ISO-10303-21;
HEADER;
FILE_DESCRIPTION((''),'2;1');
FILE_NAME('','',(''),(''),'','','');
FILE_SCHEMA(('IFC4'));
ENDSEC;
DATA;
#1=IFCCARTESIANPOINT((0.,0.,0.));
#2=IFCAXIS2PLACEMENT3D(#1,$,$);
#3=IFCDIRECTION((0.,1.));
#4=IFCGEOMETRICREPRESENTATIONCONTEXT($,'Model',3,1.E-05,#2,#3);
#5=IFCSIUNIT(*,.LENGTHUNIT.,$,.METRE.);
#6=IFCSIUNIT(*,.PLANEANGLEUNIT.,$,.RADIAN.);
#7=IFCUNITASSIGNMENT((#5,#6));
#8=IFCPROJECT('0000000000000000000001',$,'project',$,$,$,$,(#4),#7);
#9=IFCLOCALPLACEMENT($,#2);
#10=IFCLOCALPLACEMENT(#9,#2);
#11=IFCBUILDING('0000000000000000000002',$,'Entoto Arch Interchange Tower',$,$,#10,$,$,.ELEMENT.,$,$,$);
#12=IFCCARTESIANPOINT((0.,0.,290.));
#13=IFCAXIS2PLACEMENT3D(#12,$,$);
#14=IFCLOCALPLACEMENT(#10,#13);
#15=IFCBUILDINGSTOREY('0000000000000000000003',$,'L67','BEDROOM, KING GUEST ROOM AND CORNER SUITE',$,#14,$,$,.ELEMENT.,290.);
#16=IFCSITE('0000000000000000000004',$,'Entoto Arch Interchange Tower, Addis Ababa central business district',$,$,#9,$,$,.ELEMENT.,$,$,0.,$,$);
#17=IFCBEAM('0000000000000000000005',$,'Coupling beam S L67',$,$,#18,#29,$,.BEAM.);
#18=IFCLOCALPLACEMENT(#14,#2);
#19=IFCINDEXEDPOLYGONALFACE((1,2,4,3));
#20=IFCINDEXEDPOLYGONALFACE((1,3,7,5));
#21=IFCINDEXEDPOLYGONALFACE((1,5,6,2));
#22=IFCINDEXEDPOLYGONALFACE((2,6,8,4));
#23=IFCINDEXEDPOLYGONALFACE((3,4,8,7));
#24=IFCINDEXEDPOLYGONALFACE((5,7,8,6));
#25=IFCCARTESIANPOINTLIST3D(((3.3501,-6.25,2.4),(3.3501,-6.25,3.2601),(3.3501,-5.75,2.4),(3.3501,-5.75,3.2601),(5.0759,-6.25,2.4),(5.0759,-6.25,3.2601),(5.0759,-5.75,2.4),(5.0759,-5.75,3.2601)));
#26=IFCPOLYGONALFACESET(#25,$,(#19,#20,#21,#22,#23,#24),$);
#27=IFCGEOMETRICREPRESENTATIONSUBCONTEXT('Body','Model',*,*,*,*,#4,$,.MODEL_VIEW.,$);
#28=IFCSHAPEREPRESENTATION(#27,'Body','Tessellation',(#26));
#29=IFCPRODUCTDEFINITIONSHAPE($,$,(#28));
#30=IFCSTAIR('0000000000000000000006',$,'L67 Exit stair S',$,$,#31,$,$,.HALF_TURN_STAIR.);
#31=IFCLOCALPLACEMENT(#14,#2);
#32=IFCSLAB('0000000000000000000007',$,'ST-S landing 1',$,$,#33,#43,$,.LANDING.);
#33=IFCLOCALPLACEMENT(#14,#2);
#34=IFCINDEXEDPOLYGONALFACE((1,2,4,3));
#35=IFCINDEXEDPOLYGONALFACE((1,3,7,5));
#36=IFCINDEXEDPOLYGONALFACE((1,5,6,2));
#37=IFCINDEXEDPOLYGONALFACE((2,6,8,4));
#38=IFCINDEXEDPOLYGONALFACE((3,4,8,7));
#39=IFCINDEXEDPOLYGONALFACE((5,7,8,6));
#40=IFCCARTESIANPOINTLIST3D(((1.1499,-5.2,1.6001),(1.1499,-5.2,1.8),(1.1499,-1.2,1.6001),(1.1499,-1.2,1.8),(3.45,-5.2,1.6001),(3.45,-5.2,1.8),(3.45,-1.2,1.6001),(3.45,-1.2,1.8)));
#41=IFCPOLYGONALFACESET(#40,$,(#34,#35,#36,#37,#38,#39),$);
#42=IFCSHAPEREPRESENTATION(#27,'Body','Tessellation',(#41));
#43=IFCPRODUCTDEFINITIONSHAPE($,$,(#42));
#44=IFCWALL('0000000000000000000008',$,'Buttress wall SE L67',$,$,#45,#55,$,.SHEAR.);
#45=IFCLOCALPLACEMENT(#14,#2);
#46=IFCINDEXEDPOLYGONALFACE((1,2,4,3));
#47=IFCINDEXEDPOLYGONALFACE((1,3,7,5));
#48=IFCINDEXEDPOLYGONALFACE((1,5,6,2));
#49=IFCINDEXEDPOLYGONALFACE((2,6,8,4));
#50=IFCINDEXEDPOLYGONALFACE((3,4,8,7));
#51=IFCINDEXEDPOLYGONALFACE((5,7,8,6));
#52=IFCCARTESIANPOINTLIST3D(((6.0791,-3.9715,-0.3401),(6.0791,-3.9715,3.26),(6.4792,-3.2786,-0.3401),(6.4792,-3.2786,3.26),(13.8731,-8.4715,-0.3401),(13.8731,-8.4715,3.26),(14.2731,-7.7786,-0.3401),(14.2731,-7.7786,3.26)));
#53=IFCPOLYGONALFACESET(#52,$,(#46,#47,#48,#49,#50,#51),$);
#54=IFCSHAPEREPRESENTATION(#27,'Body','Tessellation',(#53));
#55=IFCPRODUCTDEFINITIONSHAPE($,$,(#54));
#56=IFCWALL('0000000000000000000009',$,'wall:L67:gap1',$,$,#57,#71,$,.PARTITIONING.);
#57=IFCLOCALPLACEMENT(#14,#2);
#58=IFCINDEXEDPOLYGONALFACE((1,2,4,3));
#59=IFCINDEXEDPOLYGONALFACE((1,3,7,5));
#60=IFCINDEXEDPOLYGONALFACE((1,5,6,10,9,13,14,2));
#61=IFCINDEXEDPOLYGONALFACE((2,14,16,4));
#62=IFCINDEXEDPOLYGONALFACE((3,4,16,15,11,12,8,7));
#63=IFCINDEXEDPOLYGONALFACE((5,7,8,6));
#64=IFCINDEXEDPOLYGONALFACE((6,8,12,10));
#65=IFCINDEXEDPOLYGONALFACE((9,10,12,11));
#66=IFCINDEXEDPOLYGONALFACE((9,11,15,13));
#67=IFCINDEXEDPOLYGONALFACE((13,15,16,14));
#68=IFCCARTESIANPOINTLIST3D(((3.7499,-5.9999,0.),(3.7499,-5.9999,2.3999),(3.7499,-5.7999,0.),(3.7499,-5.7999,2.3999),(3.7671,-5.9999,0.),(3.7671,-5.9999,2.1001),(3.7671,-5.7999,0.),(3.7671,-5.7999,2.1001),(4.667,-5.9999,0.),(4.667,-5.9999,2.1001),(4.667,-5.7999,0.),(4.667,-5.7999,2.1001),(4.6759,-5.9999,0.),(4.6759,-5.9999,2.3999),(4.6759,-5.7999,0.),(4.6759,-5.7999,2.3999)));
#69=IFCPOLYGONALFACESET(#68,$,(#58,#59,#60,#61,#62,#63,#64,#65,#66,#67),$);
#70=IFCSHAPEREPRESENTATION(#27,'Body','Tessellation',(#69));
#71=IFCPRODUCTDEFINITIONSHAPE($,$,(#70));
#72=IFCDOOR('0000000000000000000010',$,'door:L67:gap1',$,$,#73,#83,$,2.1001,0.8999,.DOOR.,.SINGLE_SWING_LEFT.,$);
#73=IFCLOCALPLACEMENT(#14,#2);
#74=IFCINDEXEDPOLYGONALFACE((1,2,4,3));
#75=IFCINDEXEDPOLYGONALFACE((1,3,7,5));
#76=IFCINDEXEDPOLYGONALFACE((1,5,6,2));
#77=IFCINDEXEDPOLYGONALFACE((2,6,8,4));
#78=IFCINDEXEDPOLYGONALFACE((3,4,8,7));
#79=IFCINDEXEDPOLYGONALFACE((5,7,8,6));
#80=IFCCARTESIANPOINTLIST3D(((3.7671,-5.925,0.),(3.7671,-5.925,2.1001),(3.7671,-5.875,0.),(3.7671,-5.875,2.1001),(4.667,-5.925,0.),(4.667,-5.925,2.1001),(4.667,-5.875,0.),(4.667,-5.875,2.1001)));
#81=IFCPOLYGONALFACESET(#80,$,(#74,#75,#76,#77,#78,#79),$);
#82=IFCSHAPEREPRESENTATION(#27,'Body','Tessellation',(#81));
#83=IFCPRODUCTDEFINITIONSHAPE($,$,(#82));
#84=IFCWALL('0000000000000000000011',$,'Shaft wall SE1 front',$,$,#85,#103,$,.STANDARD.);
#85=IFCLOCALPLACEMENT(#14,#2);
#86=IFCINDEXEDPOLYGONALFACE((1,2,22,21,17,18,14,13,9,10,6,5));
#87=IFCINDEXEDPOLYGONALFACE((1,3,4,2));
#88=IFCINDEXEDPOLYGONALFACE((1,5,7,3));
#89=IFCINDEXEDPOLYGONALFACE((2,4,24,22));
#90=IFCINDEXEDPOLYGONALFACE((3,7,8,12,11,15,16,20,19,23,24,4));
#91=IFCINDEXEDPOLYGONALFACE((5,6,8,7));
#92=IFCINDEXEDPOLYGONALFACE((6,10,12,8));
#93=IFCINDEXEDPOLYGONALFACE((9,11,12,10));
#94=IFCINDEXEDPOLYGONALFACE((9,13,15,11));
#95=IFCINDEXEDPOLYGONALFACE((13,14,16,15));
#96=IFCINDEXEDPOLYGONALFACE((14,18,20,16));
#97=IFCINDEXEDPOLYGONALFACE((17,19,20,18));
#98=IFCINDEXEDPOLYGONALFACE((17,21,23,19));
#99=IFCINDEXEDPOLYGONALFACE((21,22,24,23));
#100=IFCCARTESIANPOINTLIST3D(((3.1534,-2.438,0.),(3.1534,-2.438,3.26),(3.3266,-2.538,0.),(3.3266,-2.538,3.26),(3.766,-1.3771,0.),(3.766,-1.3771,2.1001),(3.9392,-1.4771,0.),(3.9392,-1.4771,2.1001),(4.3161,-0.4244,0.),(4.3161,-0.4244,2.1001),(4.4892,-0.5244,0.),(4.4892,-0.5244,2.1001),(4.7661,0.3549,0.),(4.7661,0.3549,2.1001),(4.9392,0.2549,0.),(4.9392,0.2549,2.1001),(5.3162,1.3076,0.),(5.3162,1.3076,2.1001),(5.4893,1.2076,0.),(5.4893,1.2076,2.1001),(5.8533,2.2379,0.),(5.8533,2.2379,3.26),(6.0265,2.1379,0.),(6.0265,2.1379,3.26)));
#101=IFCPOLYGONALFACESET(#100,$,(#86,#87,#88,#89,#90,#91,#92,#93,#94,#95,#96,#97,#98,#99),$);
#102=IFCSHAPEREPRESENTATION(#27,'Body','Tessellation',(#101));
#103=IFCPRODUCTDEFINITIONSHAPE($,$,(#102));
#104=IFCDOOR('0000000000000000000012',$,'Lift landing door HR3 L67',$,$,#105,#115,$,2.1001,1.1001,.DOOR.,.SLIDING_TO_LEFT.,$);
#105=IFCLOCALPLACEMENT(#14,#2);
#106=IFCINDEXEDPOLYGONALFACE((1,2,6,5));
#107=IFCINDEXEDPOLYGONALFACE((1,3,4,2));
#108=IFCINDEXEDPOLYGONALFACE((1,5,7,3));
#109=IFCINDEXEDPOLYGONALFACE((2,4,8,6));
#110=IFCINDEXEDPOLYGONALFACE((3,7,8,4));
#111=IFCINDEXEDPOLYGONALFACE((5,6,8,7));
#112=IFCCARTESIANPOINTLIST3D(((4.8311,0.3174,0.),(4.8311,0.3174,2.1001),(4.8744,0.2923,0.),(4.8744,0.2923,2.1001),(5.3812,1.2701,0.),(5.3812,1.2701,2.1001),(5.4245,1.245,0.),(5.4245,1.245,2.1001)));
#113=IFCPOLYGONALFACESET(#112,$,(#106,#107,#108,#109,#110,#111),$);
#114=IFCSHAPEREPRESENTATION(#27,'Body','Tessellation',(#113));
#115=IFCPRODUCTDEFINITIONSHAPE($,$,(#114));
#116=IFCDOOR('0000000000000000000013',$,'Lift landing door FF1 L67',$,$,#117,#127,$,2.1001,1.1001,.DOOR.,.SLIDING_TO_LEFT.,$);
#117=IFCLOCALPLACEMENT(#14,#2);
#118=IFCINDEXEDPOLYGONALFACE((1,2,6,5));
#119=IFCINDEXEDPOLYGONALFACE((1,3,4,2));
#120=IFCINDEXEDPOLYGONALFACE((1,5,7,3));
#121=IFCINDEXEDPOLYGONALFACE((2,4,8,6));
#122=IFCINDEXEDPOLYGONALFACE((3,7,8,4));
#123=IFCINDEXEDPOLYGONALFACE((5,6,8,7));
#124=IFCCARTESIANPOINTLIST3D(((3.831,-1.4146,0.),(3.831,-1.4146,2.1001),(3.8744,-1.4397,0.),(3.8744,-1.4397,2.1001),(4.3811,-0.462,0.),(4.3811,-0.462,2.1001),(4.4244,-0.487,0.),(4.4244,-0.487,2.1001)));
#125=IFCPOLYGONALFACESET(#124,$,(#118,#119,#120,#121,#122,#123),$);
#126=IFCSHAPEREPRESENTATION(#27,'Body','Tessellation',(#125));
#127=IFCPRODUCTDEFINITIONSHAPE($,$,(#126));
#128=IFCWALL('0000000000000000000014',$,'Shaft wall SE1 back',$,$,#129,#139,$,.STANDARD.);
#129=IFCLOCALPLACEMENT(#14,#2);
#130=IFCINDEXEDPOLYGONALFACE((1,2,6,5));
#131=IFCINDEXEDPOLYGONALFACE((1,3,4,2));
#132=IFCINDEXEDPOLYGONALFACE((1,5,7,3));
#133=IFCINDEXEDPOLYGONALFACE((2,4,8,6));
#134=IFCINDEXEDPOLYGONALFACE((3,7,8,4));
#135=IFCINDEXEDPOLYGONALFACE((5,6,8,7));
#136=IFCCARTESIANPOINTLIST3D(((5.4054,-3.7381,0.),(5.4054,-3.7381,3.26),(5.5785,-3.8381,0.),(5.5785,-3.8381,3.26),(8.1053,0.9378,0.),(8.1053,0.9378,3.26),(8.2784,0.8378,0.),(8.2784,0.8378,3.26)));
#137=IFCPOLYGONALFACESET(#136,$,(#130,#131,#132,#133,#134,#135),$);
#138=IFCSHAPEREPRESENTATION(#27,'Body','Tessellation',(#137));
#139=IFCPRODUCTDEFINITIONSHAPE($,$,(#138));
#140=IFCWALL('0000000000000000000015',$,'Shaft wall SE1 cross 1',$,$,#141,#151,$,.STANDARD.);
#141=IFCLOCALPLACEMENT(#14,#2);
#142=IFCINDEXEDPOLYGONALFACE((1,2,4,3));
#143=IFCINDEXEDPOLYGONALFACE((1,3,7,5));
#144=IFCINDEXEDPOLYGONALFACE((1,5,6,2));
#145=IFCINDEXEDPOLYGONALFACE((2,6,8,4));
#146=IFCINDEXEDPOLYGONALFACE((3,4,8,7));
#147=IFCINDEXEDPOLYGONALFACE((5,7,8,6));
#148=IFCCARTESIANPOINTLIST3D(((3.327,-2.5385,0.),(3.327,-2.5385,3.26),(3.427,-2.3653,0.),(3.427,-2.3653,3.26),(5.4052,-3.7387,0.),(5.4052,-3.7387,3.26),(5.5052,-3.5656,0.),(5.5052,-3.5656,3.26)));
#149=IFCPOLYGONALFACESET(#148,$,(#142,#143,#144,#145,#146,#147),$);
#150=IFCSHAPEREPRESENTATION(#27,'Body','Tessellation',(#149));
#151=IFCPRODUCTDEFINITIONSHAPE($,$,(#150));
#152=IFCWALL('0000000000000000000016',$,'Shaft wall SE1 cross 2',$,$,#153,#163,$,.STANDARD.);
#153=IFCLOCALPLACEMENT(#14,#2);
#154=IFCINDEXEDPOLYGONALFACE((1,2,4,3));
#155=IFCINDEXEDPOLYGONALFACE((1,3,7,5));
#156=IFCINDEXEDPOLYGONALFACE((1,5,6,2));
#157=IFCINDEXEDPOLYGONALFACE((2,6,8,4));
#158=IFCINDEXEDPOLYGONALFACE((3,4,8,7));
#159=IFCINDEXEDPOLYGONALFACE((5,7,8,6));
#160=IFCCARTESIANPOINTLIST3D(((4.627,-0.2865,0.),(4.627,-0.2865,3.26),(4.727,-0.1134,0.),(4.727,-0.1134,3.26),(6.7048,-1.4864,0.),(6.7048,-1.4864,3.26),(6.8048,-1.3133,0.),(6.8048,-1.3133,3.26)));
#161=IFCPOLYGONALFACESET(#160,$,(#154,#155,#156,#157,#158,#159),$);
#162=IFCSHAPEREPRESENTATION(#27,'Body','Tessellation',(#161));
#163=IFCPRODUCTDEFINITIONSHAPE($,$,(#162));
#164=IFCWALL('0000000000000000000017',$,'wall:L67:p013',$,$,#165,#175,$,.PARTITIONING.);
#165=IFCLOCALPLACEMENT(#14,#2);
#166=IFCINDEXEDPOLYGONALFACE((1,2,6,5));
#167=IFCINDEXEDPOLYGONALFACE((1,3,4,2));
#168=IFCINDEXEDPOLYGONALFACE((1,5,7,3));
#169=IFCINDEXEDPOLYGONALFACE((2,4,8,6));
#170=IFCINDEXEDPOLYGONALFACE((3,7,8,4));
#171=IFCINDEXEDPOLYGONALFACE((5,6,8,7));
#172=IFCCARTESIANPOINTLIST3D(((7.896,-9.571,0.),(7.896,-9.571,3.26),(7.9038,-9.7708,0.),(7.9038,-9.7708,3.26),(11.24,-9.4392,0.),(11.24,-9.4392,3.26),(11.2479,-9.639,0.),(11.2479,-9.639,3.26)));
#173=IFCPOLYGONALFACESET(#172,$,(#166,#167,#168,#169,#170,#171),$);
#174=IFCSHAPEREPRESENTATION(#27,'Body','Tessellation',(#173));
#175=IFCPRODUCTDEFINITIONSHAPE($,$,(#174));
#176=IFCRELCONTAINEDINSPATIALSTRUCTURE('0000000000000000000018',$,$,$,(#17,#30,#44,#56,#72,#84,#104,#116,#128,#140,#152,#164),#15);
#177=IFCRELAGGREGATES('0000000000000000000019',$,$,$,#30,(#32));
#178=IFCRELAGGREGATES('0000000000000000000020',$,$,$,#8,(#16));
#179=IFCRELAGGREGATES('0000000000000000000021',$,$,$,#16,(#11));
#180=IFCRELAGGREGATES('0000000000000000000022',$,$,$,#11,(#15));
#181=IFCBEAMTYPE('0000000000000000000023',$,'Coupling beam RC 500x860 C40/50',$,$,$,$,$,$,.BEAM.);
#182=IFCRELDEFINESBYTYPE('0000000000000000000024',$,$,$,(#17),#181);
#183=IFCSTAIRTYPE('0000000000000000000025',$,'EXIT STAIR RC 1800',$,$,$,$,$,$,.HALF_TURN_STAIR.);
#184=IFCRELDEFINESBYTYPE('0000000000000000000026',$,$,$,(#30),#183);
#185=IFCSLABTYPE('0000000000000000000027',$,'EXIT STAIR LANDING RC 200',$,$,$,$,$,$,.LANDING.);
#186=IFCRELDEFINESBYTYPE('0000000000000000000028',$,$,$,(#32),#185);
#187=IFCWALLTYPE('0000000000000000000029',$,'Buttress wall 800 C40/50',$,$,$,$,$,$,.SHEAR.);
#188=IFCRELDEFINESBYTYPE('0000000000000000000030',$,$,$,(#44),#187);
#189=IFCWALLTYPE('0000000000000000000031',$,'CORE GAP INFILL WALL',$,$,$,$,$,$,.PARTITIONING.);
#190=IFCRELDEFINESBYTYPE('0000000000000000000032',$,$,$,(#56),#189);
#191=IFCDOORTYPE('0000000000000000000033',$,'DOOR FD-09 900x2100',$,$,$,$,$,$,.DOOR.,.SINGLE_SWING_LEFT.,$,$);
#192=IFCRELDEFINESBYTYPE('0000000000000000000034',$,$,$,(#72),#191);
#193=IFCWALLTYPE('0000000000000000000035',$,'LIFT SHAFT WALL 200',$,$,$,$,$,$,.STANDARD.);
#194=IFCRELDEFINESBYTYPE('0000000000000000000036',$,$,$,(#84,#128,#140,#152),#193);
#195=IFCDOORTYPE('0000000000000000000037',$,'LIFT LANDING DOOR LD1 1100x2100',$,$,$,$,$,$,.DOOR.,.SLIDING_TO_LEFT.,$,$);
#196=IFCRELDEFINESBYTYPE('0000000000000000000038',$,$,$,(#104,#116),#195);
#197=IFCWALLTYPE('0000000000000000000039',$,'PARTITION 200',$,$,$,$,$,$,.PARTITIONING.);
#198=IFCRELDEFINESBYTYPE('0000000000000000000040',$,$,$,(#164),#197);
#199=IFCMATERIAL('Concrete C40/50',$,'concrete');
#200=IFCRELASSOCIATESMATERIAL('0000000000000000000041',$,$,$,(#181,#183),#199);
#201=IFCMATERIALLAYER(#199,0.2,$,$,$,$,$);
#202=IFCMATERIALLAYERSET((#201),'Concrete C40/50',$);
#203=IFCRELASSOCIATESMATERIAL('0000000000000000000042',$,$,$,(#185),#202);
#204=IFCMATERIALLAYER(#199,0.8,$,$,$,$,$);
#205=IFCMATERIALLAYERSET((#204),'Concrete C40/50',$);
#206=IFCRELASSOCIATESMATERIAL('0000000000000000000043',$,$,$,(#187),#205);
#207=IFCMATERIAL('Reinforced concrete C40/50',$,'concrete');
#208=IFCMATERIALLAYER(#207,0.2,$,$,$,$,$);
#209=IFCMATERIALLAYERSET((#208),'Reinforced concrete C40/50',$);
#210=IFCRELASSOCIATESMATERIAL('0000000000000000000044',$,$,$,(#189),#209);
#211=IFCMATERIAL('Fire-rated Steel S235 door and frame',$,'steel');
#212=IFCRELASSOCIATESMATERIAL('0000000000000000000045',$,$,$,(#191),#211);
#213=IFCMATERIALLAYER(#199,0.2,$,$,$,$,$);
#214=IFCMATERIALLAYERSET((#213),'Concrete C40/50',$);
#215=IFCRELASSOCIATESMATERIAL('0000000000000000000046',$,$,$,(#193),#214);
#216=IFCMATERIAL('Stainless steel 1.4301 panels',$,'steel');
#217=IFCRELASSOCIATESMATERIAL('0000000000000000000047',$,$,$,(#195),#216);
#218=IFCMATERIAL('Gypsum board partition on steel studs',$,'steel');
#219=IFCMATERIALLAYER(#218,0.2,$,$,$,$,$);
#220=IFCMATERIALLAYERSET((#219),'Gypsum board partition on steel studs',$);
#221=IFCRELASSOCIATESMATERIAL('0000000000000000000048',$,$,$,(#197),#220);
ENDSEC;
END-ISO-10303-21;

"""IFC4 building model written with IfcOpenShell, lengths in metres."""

from ifc_helpers import new_model, si_unit, direction, frame, frame_2d, origin, origin_2d, place, context, subcontext, project, spatial, polyline, rectangle, outline, extrude, material, layer, layer_set, material_profile, profile_set, type_object, element, fill, aggregate, save


model = new_model("IFC4")

# Units and contexts
model_context = context("Model", 3, precision=1e-05, world=origin(), true_north=direction((0.0, 1.0)))
body_context = subcontext(model_context, "Body", "Model", "MODEL_VIEW")
ifc_project = project(units=[si_unit("LENGTHUNIT", "METRE"), si_unit("PLANEANGLEUNIT", "RADIAN")], contexts=[model_context])

# Site, building, storey
site_placement = place(None, origin())
site = spatial("IfcSite", under=ifc_project, at=site_placement, Name="Entoto Arch Interchange Tower, Addis Ababa central business district", CompositionType="ELEMENT", RefElevation=0.0)
building_placement = place(site_placement, origin())
building = spatial("IfcBuilding", under=site, at=building_placement, Name="Entoto Arch Interchange Tower", CompositionType="ELEMENT")
storey_placement = place(building_placement, frame((0.0, 0.0, 290.0)))
storey = spatial("IfcBuildingStorey", under=building, at=storey_placement, Name="L67", Description="BEDROOM, KING GUEST ROOM AND CORNER SUITE", CompositionType="ELEMENT", Elevation=290.0)

# Beam
ifc_material_1 = material(Name="Concrete C40/50", Category="concrete")
ifc_material_profile = material_profile(ifc_material_1, rectangle(XDim=0.5, YDim=0.8601, at=origin_2d()))
ifc_profile_set = profile_set([ifc_material_profile], Name="Concrete C40/50")
beam_type = type_object("IfcBeamType", Name="Coupling beam RC 500x860 C40/50", PredefinedType="BEAM", material=ifc_profile_set)
beam_placement = place(storey_placement, frame((3.3501, -6.0, 2.8301), z_axis=(1.0, 0.0, 0.0), x_axis=(0.0, 1.0, 0.0)))
element("IfcBeam", 1, at=beam_placement, inside=storey, type_object=beam_type, Name="Coupling beam S L67", PredefinedType="BEAM", context=body_context, shape_type="SweptSolid", body=[
    extrude(rectangle(XDim=0.5, YDim=0.8601, at=origin_2d()), origin(), (0.0, 0.0, 1.0), 1.7258),
])

# Stair, slab
stair_type = type_object("IfcStairType", Name="EXIT STAIR RC 1800", PredefinedType="HALF_TURN_STAIR", material=ifc_material_1)
stair_placement = place(storey_placement, origin())
stair = element("IfcStair", 2, at=stair_placement, inside=storey, type_object=stair_type, Name="L67 Exit stair S", PredefinedType="HALF_TURN_STAIR")
ifc_layer_1 = layer(ifc_material_1, 0.2)
ifc_layer_set_1 = layer_set([ifc_layer_1], Name="Concrete C40/50")
slab_type = type_object("IfcSlabType", Name="EXIT STAIR LANDING RC 200", PredefinedType="LANDING", material=ifc_layer_set_1)
slab_placement = place(storey_placement, frame((0.0, 0.0, 1.6001)))
slab = element("IfcSlab", 3, at=slab_placement, type_object=slab_type, Name="ST-S landing 1", PredefinedType="LANDING", context=body_context, shape_type="SweptSolid", body=[
    extrude(outline(polyline([(1.1499, -5.2), (3.45, -5.2), (3.45, -1.2), (1.1499, -1.2), (1.1499, -5.2)])), origin(), (0.0, 0.0, 1.0), 0.2),
])

# Wall
ifc_layer_2 = layer(ifc_material_1, 0.8)
ifc_layer_set_2 = layer_set([ifc_layer_2], Name="Concrete C40/50")
wall_type_1 = type_object("IfcWallType", Name="Buttress wall 800 C40/50", PredefinedType="SHEAR", material=ifc_layer_set_2)
wall_1_placement = place(storey_placement, frame((6.2791, -3.625, -0.3401), z_axis=(0.0, 0.0, 1.0), x_axis=(0.866018, -0.500014, 0.0)))
element("IfcWall", 4, at=wall_1_placement, inside=storey, type_object=wall_type_1, Name="Buttress wall SE L67", PredefinedType="SHEAR", context=body_context, shape_type="SweptSolid", body=[
    extrude(rectangle(XDim=8.9998, YDim=0.8, at=frame_2d((4.5, 0.0))), origin(), (0.0, 0.0, 1.0), 3.6001),
])

# Wall, opening, door
ifc_material_2 = material(Name="Reinforced concrete C40/50", Category="concrete")
ifc_layer_3 = layer(ifc_material_2, 0.2)
ifc_layer_set_3 = layer_set([ifc_layer_3], Name="Reinforced concrete C40/50")
wall_type_2 = type_object("IfcWallType", Name="CORE GAP INFILL WALL", PredefinedType="PARTITIONING", material=ifc_layer_set_3)
wall_2_placement = place(storey_placement, frame((3.75, -5.8999, 0.0), z_axis=(0.0, 0.0, 1.0), x_axis=(1.0, 0.0, 0.0)))
wall_2 = element("IfcWall", 5, at=wall_2_placement, inside=storey, type_object=wall_type_2, Name="wall:L67:gap1", PredefinedType="PARTITIONING", context=body_context, shape_type="SweptSolid", body=[
    extrude(rectangle(XDim=0.926, YDim=0.2, at=frame_2d((0.4629, 0.0))), origin(), (0.0, 0.0, 1.0), 2.3999),
])
opening_1_placement = place(wall_2_placement, frame((0.0171, 0.0, 0.0)))
opening_1 = element("IfcOpeningElement", 6, at=opening_1_placement, cuts=wall_2, PredefinedType="OPENING", context=body_context, shape_type="SweptSolid", body=[
    extrude(rectangle(XDim=0.8999, YDim=2.1001, at=frame_2d((0.45, 1.05))), frame((0.0, 0.1099, 0.0), z_axis=(0.0, -1.0, 0.0), x_axis=(1.0, 0.0, 0.0)), (0.0, 0.0, 1.0), 0.22),
])
ifc_material_3 = material(Name="Fire-rated Steel S235 door and frame", Category="steel")
door_type_1 = type_object("IfcDoorType", Name="DOOR FD-09 900x2100", OperationType="SINGLE_SWING_LEFT", PredefinedType="DOOR", material=ifc_material_3)
door_1_placement = place(opening_1_placement, origin())
door_1 = element("IfcDoor", 7, at=door_1_placement, inside=storey, type_object=door_type_1, Name="door:L67:gap1", OperationType="SINGLE_SWING_LEFT", OverallHeight=2.1001, OverallWidth=0.8999, PredefinedType="DOOR", context=body_context, shape_type="SweptSolid", body=[
    extrude(rectangle(XDim=0.8999, YDim=2.1001, at=frame_2d((0.45, 1.05))), frame((0.0, 0.0249, 0.0), z_axis=(0.0, -1.0, 0.0), x_axis=(1.0, 0.0, 0.0)), (0.0, 0.0, 1.0), 0.05),
])
fill(opening_1, door_1)

# Wall, openings, doors
ifc_layer_4 = layer(ifc_material_1, 0.2)
ifc_layer_set_4 = layer_set([ifc_layer_4], Name="Concrete C40/50")
wall_type_3 = type_object("IfcWallType", Name="LIFT SHAFT WALL 200", PredefinedType="STANDARD", material=ifc_layer_set_4)
wall_3_placement = place(storey_placement, frame((3.24, -2.488, 0.0), z_axis=(0.0, 0.0, 1.0), x_axis=(0.500034, 0.866006, 0.0)))
wall_3 = element("IfcWall", 8, at=wall_3_placement, inside=storey, type_object=wall_type_3, Name="Shaft wall SE1 front", PredefinedType="STANDARD", context=body_context, shape_type="SweptSolid", body=[
    extrude(rectangle(XDim=5.3994, YDim=0.2, at=frame_2d((2.6997, 0.0))), origin(), (0.0, 0.0, 1.0), 3.26),
])
opening_2_placement = place(wall_3_placement, frame((3.2251, 0.0, 0.0)))
opening_2 = element("IfcOpeningElement", 9, at=opening_2_placement, cuts=wall_3, PredefinedType="OPENING", context=body_context, shape_type="SweptSolid", body=[
    extrude(rectangle(XDim=1.1001, YDim=2.1001, at=frame_2d((0.55, 1.05))), frame((0.0, 0.1099, 0.0), z_axis=(0.0, -1.0, 0.0), x_axis=(1.0, 0.0, 0.0)), (0.0, 0.0, 1.0), 0.22),
])
opening_3_placement = place(wall_3_placement, frame((1.2251, 0.0, 0.0)))
opening_3 = element("IfcOpeningElement", 10, at=opening_3_placement, cuts=wall_3, PredefinedType="OPENING", context=body_context, shape_type="SweptSolid", body=[
    extrude(rectangle(XDim=1.1001, YDim=2.1001, at=frame_2d((0.55, 1.05))), frame((0.0, 0.1099, 0.0), z_axis=(0.0, -1.0, 0.0), x_axis=(1.0, 0.0, 0.0)), (0.0, 0.0, 1.0), 0.22),
])
ifc_material_4 = material(Name="Stainless steel 1.4301 panels", Category="steel")
door_type_2 = type_object("IfcDoorType", Name="LIFT LANDING DOOR LD1 1100x2100", OperationType="SLIDING_TO_LEFT", PredefinedType="DOOR", material=ifc_material_4)
door_2_placement = place(opening_2_placement, origin())
door_2 = element("IfcDoor", 11, at=door_2_placement, inside=storey, type_object=door_type_2, Name="Lift landing door HR3 L67", OperationType="SLIDING_TO_LEFT", OverallHeight=2.1001, OverallWidth=1.1001, PredefinedType="DOOR", context=body_context, shape_type="SweptSolid", body=[
    extrude(rectangle(XDim=1.1001, YDim=2.1001, at=frame_2d((0.55, 1.05))), frame((0.0, 0.0249, 0.0), z_axis=(0.0, -1.0, 0.0), x_axis=(1.0, 0.0, 0.0)), (0.0, 0.0, 1.0), 0.05),
])
fill(opening_2, door_2)
door_3_placement = place(opening_3_placement, origin())
door_3 = element("IfcDoor", 12, at=door_3_placement, inside=storey, type_object=door_type_2, Name="Lift landing door FF1 L67", OperationType="SLIDING_TO_LEFT", OverallHeight=2.1001, OverallWidth=1.1001, PredefinedType="DOOR", context=body_context, shape_type="SweptSolid", body=[
    extrude(rectangle(XDim=1.1001, YDim=2.1001, at=frame_2d((0.55, 1.05))), frame((0.0, 0.0249, 0.0), z_axis=(0.0, -1.0, 0.0), x_axis=(1.0, 0.0, 0.0)), (0.0, 0.0, 1.0), 0.05),
])
fill(opening_3, door_3)

# Walls
wall_4_placement = place(storey_placement, frame((5.4919, -3.7881, 0.0), z_axis=(0.0, 0.0, 1.0), x_axis=(0.500034, 0.866006, 0.0)))
element("IfcWall", 13, at=wall_4_placement, inside=storey, type_object=wall_type_3, Name="Shaft wall SE1 back", PredefinedType="STANDARD", context=body_context, shape_type="SweptSolid", body=[
    extrude(rectangle(XDim=5.3994, YDim=0.2, at=frame_2d((2.6997, 0.0))), origin(), (0.0, 0.0, 1.0), 3.26),
])
wall_5_placement = place(storey_placement, frame((3.377, -2.4519, 0.0), z_axis=(0.0, 0.0, 1.0), x_axis=(0.865955, -0.500122, 0.0)))
element("IfcWall", 14, at=wall_5_placement, inside=storey, type_object=wall_type_3, Name="Shaft wall SE1 cross 1", PredefinedType="STANDARD", context=body_context, shape_type="SweptSolid", body=[
    extrude(rectangle(XDim=2.3999, YDim=0.2, at=frame_2d((1.2, 0.0))), origin(), (0.0, 0.0, 1.0), 3.26),
])
wall_6_placement = place(storey_placement, frame((4.677, -0.2, 0.0), z_axis=(0.0, 0.0, 1.0), x_axis=(0.865974, -0.500089, 0.0)))
element("IfcWall", 15, at=wall_6_placement, inside=storey, type_object=wall_type_3, Name="Shaft wall SE1 cross 2", PredefinedType="STANDARD", context=body_context, shape_type="SweptSolid", body=[
    extrude(rectangle(XDim=2.3994, YDim=0.2, at=frame_2d((1.1997, 0.0))), origin(), (0.0, 0.0, 1.0), 3.26),
])
ifc_material_5 = material(Name="Gypsum board partition on steel studs", Category="steel")
ifc_layer_5 = layer(ifc_material_5, 0.2)
ifc_layer_set_5 = layer_set([ifc_layer_5], Name="Gypsum board partition on steel studs")
wall_type_4 = type_object("IfcWallType", Name="PARTITION 200", PredefinedType="PARTITIONING", material=ifc_layer_set_5)
wall_7_placement = place(storey_placement, frame((7.8999, -9.6709, 0.0), z_axis=(0.0, 0.0, 1.0), x_axis=(0.999224, 0.039394, 0.0)))
element("IfcWall", 16, at=wall_7_placement, inside=storey, type_object=wall_type_4, Name="wall:L67:p013", PredefinedType="PARTITIONING", context=body_context, shape_type="SweptSolid", body=[
    extrude(rectangle(XDim=3.3467, YDim=0.2, at=frame_2d((1.6733, 0.0))), origin(), (0.0, 0.0, 1.0), 3.26),
])

aggregate(stair, [slab])

save(model, "model.ifc")
